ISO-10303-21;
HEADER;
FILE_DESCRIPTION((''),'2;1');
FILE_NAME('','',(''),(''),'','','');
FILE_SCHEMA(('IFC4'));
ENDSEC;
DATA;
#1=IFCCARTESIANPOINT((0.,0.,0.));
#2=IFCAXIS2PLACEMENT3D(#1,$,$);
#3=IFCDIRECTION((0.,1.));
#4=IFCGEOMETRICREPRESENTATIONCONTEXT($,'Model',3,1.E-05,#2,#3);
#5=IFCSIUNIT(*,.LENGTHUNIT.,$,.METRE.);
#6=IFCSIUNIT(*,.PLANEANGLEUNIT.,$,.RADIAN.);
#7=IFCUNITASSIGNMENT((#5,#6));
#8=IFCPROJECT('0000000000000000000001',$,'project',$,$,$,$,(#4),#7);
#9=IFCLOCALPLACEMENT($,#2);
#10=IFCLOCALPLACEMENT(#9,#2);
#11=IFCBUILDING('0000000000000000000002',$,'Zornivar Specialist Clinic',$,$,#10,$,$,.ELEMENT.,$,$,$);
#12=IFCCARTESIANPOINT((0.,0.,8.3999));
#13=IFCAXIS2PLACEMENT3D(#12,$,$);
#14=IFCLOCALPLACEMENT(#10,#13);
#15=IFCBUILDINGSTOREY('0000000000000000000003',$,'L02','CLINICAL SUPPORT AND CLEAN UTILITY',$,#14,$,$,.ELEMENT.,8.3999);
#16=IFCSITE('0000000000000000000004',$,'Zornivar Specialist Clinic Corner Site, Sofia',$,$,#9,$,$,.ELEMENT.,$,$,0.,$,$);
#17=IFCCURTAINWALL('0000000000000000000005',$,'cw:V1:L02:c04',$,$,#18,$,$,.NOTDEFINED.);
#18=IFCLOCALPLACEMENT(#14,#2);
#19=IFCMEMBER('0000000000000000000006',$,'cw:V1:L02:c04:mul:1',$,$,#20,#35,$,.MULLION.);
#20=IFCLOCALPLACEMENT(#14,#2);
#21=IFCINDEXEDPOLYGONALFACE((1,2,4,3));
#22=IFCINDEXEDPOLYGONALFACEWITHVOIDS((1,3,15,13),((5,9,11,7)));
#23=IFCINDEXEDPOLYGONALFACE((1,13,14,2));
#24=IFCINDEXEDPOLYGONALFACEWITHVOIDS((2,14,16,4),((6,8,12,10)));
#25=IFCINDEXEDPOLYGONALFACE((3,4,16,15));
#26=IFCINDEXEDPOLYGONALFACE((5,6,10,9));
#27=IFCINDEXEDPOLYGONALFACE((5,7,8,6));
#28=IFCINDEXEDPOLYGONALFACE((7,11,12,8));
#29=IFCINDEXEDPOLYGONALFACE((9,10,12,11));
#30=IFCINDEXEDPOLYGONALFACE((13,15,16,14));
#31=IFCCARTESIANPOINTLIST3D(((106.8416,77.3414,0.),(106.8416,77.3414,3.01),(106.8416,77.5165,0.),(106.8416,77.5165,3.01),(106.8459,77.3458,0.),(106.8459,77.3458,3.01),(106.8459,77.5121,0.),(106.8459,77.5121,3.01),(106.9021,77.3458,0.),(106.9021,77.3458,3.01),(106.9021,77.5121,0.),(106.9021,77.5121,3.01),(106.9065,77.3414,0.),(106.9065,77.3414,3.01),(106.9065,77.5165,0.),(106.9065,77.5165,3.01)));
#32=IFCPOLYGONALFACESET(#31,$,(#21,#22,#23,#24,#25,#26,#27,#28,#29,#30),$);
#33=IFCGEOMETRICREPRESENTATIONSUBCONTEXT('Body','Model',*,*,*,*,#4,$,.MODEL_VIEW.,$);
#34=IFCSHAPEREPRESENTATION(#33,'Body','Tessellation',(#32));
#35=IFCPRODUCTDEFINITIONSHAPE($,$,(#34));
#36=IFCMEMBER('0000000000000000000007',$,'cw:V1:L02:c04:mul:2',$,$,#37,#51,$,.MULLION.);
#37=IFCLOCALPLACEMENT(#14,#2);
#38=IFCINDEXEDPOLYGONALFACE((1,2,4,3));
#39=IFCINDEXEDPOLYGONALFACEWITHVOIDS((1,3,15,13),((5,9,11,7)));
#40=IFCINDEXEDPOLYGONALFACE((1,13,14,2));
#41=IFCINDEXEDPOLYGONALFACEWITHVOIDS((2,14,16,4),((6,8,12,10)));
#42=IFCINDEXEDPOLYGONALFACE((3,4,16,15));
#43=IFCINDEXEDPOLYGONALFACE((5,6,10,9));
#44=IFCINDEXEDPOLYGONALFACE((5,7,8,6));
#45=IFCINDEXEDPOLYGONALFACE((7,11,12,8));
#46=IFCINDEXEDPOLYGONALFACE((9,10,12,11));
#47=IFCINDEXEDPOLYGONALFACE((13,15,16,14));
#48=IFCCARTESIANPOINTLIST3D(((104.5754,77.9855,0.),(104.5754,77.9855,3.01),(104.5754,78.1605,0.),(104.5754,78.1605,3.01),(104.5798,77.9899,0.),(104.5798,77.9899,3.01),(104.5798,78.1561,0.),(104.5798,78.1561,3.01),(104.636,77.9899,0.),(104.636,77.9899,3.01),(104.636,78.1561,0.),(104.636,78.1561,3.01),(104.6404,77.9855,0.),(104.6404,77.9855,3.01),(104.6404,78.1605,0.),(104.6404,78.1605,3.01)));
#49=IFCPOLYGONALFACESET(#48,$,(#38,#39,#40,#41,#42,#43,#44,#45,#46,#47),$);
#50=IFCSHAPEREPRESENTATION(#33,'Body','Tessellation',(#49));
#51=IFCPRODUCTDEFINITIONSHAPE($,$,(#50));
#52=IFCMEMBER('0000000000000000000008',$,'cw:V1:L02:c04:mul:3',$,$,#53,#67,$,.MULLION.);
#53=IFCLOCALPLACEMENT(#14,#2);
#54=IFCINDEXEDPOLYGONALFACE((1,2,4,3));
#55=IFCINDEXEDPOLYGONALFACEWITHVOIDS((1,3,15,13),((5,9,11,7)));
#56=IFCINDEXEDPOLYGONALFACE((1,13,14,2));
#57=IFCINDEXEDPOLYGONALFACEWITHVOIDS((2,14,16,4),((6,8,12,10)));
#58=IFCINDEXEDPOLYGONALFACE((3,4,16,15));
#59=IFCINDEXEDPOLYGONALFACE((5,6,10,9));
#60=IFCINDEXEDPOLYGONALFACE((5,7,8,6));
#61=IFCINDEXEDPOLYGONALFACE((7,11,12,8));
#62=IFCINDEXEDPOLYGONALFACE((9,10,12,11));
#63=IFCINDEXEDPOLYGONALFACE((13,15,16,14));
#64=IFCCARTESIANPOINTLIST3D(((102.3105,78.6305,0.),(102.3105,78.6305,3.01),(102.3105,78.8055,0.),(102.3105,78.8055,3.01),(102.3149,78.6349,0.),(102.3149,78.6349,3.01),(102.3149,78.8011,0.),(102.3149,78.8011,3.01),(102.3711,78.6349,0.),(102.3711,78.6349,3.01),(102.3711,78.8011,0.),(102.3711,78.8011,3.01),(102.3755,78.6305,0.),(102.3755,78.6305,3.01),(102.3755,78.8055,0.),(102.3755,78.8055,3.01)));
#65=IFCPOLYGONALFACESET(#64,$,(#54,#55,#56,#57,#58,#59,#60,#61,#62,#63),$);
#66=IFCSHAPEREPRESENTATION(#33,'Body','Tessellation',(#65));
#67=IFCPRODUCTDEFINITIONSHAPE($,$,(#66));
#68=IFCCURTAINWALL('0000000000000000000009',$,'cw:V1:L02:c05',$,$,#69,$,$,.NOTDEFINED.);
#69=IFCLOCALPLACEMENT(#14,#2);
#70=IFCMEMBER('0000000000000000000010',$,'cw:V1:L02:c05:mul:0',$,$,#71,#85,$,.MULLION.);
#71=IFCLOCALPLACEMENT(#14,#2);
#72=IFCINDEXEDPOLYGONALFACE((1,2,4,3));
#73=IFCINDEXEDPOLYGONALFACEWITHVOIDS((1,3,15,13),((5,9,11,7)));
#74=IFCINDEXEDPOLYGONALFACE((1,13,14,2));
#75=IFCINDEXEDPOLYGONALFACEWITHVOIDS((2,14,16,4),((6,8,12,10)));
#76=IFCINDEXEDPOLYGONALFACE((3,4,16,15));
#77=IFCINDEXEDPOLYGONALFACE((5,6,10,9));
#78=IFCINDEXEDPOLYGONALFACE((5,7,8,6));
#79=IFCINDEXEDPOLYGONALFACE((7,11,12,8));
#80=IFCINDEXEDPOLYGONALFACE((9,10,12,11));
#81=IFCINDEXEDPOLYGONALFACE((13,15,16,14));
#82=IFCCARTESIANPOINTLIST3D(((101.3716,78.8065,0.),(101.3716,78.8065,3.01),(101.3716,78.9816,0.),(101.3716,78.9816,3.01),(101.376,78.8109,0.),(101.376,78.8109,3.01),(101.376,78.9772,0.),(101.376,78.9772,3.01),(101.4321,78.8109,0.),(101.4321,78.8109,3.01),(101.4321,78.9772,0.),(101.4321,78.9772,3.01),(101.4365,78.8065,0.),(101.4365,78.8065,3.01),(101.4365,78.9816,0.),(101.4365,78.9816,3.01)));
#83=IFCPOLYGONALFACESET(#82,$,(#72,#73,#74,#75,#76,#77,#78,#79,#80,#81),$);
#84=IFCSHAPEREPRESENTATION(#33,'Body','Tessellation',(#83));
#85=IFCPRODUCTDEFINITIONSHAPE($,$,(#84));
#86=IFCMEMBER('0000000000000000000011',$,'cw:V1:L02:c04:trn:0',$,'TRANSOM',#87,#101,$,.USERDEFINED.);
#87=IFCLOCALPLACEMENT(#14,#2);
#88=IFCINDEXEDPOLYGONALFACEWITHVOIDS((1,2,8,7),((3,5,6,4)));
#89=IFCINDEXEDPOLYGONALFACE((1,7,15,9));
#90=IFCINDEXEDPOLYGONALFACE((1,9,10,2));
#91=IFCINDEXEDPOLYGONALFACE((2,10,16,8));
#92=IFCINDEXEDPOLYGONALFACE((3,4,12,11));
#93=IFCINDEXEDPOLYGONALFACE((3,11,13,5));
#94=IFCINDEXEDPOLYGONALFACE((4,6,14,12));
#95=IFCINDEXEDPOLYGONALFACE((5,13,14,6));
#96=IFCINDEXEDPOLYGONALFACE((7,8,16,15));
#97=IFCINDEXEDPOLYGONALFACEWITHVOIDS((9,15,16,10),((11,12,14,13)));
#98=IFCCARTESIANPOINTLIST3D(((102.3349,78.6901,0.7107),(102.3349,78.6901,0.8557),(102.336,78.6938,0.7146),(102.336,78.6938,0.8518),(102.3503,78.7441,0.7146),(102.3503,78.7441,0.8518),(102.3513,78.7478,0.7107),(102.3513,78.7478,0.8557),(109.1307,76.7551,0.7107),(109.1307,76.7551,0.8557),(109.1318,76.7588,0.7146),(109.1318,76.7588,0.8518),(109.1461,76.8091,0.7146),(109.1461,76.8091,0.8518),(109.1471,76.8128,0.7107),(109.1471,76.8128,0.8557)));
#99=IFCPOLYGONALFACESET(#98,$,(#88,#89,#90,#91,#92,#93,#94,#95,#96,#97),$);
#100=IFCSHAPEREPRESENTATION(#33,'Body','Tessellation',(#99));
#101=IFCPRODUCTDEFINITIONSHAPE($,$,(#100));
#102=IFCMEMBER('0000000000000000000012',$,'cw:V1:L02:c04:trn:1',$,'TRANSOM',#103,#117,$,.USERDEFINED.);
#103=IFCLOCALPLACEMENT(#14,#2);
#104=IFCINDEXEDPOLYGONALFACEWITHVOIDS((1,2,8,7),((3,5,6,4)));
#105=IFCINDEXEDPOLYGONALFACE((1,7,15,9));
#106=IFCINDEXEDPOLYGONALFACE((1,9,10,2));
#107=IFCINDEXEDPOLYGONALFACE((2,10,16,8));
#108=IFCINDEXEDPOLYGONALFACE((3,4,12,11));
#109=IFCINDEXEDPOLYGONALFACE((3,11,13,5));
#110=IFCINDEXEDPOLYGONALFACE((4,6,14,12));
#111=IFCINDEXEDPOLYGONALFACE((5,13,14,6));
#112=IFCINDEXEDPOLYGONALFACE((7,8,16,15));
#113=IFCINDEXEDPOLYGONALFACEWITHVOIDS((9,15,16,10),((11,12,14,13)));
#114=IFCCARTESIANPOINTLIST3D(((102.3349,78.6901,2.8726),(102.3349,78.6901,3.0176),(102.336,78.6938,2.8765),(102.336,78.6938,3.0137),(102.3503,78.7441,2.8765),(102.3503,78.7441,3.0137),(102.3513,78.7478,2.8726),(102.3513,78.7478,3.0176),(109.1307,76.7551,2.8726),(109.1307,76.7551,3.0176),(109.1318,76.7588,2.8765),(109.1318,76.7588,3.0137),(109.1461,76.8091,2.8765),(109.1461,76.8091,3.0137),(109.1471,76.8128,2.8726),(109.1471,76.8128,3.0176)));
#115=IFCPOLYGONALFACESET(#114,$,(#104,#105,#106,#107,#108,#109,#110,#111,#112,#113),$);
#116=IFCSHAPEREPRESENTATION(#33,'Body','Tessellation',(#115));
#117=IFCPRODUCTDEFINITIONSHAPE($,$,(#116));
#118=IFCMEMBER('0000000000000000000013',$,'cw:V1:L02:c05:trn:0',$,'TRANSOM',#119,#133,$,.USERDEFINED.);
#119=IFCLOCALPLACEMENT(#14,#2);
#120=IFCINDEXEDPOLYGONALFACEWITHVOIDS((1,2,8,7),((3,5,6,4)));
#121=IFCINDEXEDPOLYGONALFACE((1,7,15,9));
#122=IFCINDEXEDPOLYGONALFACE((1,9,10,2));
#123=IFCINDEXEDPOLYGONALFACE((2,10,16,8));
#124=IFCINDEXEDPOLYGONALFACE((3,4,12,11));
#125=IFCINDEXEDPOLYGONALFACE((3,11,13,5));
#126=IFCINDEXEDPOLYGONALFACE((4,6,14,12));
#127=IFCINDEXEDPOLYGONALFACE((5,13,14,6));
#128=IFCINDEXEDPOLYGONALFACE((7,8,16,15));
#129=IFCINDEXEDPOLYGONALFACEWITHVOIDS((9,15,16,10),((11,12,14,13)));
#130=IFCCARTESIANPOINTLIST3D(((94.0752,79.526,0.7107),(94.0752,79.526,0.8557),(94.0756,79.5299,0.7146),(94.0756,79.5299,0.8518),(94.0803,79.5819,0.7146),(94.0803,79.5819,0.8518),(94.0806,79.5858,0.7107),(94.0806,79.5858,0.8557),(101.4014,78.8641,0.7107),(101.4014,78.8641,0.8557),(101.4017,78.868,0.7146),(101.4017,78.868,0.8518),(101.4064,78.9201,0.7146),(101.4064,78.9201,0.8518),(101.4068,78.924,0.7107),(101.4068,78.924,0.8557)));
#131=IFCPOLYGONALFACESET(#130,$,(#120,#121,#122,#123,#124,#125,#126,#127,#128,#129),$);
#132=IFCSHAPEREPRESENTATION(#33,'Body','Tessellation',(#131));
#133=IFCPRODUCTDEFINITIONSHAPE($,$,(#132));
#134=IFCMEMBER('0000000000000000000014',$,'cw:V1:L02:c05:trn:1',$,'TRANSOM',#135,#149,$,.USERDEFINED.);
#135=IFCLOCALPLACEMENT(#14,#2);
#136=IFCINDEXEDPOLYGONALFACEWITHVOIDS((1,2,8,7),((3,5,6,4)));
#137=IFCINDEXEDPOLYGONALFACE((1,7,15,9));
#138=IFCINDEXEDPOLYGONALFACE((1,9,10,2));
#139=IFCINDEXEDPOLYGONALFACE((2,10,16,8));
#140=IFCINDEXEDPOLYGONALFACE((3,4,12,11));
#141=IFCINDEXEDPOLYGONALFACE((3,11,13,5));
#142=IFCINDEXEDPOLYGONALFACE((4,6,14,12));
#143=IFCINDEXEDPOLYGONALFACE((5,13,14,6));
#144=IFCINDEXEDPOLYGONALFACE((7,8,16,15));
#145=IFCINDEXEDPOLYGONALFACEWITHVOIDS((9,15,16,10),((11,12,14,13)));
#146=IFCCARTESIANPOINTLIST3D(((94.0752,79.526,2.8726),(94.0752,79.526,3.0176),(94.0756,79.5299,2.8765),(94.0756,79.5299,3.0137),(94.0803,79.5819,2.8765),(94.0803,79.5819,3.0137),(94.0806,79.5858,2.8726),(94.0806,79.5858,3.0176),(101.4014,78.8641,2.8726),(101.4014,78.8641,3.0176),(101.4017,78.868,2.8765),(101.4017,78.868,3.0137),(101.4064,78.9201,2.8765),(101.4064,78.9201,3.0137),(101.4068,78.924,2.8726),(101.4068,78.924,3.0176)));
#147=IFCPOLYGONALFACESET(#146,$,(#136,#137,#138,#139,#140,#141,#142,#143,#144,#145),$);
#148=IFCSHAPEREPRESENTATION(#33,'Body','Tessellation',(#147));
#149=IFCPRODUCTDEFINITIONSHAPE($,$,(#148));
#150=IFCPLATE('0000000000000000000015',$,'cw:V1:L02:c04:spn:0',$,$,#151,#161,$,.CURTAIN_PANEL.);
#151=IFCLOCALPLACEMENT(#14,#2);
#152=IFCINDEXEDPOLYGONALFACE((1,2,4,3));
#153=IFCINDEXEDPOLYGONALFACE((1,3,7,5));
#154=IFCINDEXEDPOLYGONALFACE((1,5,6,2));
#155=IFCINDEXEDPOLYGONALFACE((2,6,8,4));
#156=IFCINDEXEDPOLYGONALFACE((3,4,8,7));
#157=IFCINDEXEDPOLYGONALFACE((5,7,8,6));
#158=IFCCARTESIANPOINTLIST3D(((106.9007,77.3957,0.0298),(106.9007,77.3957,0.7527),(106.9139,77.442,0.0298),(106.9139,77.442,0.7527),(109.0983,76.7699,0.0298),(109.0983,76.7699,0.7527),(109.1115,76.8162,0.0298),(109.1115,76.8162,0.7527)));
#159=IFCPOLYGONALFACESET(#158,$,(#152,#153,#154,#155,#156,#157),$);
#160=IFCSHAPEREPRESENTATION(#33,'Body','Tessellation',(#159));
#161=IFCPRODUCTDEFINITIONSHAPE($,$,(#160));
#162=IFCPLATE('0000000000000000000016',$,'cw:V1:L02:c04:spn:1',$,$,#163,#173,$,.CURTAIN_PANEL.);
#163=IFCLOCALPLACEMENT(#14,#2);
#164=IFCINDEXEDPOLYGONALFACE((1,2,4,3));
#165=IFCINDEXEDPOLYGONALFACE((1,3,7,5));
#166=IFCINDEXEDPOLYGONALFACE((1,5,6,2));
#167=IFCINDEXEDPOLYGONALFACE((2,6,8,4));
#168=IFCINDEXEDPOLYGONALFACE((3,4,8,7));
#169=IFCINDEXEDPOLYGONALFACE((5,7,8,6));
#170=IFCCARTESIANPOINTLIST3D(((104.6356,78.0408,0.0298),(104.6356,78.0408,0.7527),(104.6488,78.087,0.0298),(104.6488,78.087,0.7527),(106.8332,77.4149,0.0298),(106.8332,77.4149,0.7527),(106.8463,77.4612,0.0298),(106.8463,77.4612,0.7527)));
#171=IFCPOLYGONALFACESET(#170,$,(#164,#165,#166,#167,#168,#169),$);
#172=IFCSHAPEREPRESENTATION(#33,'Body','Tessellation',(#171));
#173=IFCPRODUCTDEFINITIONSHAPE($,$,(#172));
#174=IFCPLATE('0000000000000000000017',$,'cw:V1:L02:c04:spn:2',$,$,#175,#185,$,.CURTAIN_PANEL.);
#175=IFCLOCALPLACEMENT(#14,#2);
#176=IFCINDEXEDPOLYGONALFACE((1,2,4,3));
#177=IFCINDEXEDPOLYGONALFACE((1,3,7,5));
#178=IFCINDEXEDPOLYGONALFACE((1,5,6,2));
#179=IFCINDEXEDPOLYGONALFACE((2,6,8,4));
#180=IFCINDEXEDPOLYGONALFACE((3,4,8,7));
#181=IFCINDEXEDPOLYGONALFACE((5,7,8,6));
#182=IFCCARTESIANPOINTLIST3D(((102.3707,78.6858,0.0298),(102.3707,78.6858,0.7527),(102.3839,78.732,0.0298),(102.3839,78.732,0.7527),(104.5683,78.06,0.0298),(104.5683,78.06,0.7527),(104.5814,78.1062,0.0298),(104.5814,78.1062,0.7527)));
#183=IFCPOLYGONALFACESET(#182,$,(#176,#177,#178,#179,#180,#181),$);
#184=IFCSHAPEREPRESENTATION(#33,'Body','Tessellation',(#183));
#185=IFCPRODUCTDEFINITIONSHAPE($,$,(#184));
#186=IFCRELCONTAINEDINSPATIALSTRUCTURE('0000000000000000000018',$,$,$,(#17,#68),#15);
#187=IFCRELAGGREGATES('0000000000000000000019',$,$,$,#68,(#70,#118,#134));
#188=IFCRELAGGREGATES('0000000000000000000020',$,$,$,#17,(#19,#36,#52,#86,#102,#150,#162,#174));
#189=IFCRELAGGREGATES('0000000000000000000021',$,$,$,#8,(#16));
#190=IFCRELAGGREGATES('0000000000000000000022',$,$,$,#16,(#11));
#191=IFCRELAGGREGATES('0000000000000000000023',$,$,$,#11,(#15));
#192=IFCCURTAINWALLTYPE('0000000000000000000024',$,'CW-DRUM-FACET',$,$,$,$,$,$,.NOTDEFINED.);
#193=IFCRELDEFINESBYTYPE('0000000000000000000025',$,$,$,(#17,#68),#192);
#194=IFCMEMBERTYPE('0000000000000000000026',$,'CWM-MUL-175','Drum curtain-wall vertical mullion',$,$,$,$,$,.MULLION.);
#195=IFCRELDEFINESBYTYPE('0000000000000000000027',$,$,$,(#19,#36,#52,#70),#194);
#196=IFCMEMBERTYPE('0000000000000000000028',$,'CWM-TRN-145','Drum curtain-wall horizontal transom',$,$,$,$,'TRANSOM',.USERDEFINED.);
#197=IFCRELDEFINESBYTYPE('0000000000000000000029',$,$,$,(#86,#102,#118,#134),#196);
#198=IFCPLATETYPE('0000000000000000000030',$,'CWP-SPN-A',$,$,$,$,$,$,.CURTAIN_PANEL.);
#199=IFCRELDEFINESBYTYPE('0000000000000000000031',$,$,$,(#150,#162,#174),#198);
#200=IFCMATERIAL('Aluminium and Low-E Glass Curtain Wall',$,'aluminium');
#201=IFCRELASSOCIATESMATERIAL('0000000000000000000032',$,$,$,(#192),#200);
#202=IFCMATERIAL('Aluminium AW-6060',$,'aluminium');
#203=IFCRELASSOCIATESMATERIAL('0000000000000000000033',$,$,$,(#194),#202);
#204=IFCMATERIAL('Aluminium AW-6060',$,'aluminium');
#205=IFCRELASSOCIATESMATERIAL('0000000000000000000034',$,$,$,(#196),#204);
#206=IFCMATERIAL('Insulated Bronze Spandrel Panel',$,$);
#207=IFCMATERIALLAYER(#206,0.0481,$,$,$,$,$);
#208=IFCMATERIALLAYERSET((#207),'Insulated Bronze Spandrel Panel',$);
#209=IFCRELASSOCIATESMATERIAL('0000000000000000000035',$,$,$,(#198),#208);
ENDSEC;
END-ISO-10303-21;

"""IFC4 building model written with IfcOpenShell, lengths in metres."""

from ifc_helpers import new_model, si_unit, direction, frame, origin, origin_2d, place, context, subcontext, project, spatial, rectangle, hollow_rectangle, extrude, material, layer, layer_set, material_profile, profile_set, type_object, element, aggregate, save


model = new_model("IFC4")

# Units and contexts
model_context = context("Model", 3, precision=1e-05, world=origin(), true_north=direction((0.0, 1.0)))
body_context = subcontext(model_context, "Body", "Model", "MODEL_VIEW")
ifc_project = project(units=[si_unit("LENGTHUNIT", "METRE"), si_unit("PLANEANGLEUNIT", "RADIAN")], contexts=[model_context])

# Site, building, storey
site_placement = place(None, origin())
site = spatial("IfcSite", under=ifc_project, at=site_placement, Name="Zornivar Specialist Clinic Corner Site, Sofia", CompositionType="ELEMENT", RefElevation=0.0)
building_placement = place(site_placement, origin())
building = spatial("IfcBuilding", under=site, at=building_placement, Name="Zornivar Specialist Clinic", CompositionType="ELEMENT")
storey_placement = place(building_placement, frame((0.0, 0.0, 8.3999)))
storey = spatial("IfcBuildingStorey", under=building, at=storey_placement, Name="L02", Description="CLINICAL SUPPORT AND CLEAN UTILITY", CompositionType="ELEMENT", Elevation=8.3999)

# Shared definitions
ifc_material_1 = material(Name="Aluminium and Low-E Glass Curtain Wall", Category="aluminium")
curtain_wall_type = type_object("IfcCurtainWallType", Name="CW-DRUM-FACET", PredefinedType="NOTDEFINED", material=ifc_material_1)
ifc_material_2 = material(Name="Aluminium AW-6060", Category="aluminium")
ifc_material_profile_1 = material_profile(ifc_material_2, hollow_rectangle(XDim=0.0649, YDim=0.175, WallThickness=0.0044, at=origin_2d()), Name="ALU 65x175x4.5")
ifc_profile_set_1 = profile_set([ifc_material_profile_1], Name="Aluminium AW-6060")
member_type_1 = type_object("IfcMemberType", Name="CWM-MUL-175", Description="Drum curtain-wall vertical mullion", PredefinedType="MULLION", material=ifc_profile_set_1)

# Curtain wall, members
curtain_wall_1_placement = place(storey_placement, origin())
curtain_wall_1 = element("IfcCurtainWall", 1, at=curtain_wall_1_placement, inside=storey, type_object=curtain_wall_type, Name="cw:V1:L02:c04", PredefinedType="NOTDEFINED")
member_1_placement = place(storey_placement, frame((106.874, 77.429, 0.0), z_axis=(0.0, 0.0, 1.0), x_axis=(1.0, 0.0, 0.0)))
member_1 = element("IfcMember", 2, at=member_1_placement, type_object=member_type_1, Name="cw:V1:L02:c04:mul:1", PredefinedType="MULLION", context=body_context, shape_type="SweptSolid", body=[
    extrude(hollow_rectangle(XDim=0.0649, YDim=0.175, WallThickness=0.0044, at=origin_2d()), origin(), (0.0, 0.0, 1.0), 3.01),
])
member_2_placement = place(storey_placement, frame((104.6079, 78.073, 0.0), z_axis=(0.0, 0.0, 1.0), x_axis=(1.0, 0.0, 0.0)))
member_2 = element("IfcMember", 3, at=member_2_placement, type_object=member_type_1, Name="cw:V1:L02:c04:mul:2", PredefinedType="MULLION", context=body_context, shape_type="SweptSolid", body=[
    extrude(hollow_rectangle(XDim=0.0649, YDim=0.175, WallThickness=0.0044, at=origin_2d()), origin(), (0.0, 0.0, 1.0), 3.01),
])
member_3_placement = place(storey_placement, frame((102.343, 78.718, 0.0), z_axis=(0.0, 0.0, 1.0), x_axis=(1.0, 0.0, 0.0)))
member_3 = element("IfcMember", 4, at=member_3_placement, type_object=member_type_1, Name="cw:V1:L02:c04:mul:3", PredefinedType="MULLION", context=body_context, shape_type="SweptSolid", body=[
    extrude(hollow_rectangle(XDim=0.0649, YDim=0.175, WallThickness=0.0044, at=origin_2d()), origin(), (0.0, 0.0, 1.0), 3.01),
])

# Curtain wall, member
curtain_wall_2_placement = place(storey_placement, origin())
curtain_wall_2 = element("IfcCurtainWall", 5, at=curtain_wall_2_placement, inside=storey, type_object=curtain_wall_type, Name="cw:V1:L02:c05", PredefinedType="NOTDEFINED")
member_4_placement = place(storey_placement, frame((101.4041, 78.894, 0.0), z_axis=(0.0, 0.0, 1.0), x_axis=(1.0, 0.0, 0.0)))
member_4 = element("IfcMember", 6, at=member_4_placement, type_object=member_type_1, Name="cw:V1:L02:c05:mul:0", PredefinedType="MULLION", context=body_context, shape_type="SweptSolid", body=[
    extrude(hollow_rectangle(XDim=0.0649, YDim=0.175, WallThickness=0.0044, at=origin_2d()), origin(), (0.0, 0.0, 1.0), 3.01),
])

# Members
ifc_material_3 = material(Name="Aluminium AW-6060", Category="aluminium")
ifc_material_profile_2 = material_profile(ifc_material_3, hollow_rectangle(XDim=0.0601, YDim=0.145, WallThickness=0.0039, at=origin_2d()), Name="ALU 60x145x4")
ifc_profile_set_2 = profile_set([ifc_material_profile_2], Name="Aluminium AW-6060")
member_type_2 = type_object("IfcMemberType", Name="CWM-TRN-145", Description="Drum curtain-wall horizontal transom", ElementType="TRANSOM", PredefinedType="USERDEFINED", material=ifc_profile_set_2)
member_5_placement = place(storey_placement, frame((109.1389, 76.7839, 0.7832), z_axis=(-0.961771, 0.273854, 0.0), x_axis=(-0.273854, -0.961771, 0.0)))
member_5 = element("IfcMember", 7, at=member_5_placement, type_object=member_type_2, Name="cw:V1:L02:c04:trn:0", ObjectType="TRANSOM", PredefinedType="USERDEFINED", context=body_context, shape_type="SweptSolid", body=[
    extrude(hollow_rectangle(XDim=0.0601, YDim=0.145, WallThickness=0.0039, at=origin_2d()), origin(), (0.0, 0.0, 1.0), 7.0659),
])
member_6_placement = place(storey_placement, frame((109.1389, 76.7839, 2.9451), z_axis=(-0.961771, 0.273854, 0.0), x_axis=(-0.273854, -0.961771, 0.0)))
member_6 = element("IfcMember", 8, at=member_6_placement, type_object=member_type_2, Name="cw:V1:L02:c04:trn:1", ObjectType="TRANSOM", PredefinedType="USERDEFINED", context=body_context, shape_type="SweptSolid", body=[
    extrude(hollow_rectangle(XDim=0.0601, YDim=0.145, WallThickness=0.0039, at=origin_2d()), origin(), (0.0, 0.0, 1.0), 7.0659),
])
member_7_placement = place(storey_placement, frame((101.4041, 78.894, 0.7832), z_axis=(-0.995944, 0.089976, 0.0), x_axis=(-0.089976, -0.995944, 0.0)))
member_7 = element("IfcMember", 9, at=member_7_placement, type_object=member_type_2, Name="cw:V1:L02:c05:trn:0", ObjectType="TRANSOM", PredefinedType="USERDEFINED", context=body_context, shape_type="SweptSolid", body=[
    extrude(hollow_rectangle(XDim=0.0601, YDim=0.145, WallThickness=0.0039, at=origin_2d()), origin(), (0.0, 0.0, 1.0), 7.356),
])
member_8_placement = place(storey_placement, frame((101.4041, 78.894, 2.9451), z_axis=(-0.995944, 0.089976, 0.0), x_axis=(-0.089976, -0.995944, 0.0)))
member_8 = element("IfcMember", 10, at=member_8_placement, type_object=member_type_2, Name="cw:V1:L02:c05:trn:1", ObjectType="TRANSOM", PredefinedType="USERDEFINED", context=body_context, shape_type="SweptSolid", body=[
    extrude(hollow_rectangle(XDim=0.0601, YDim=0.145, WallThickness=0.0039, at=origin_2d()), origin(), (0.0, 0.0, 1.0), 7.356),
])
aggregate(curtain_wall_2, [member_4, member_7, member_8])

# Plates
ifc_material_4 = material(Name="Insulated Bronze Spandrel Panel")
ifc_layer_1 = layer(ifc_material_4, 0.0481)
ifc_layer_set_1 = layer_set([ifc_layer_1], Name="Insulated Bronze Spandrel Panel")
plate_type_1 = type_object("IfcPlateType", Name="CWP-SPN-A", PredefinedType="CURTAIN_PANEL", material=ifc_layer_set_1)
plate_1_placement = place(storey_placement, frame((108.0061, 77.106, 0.0298), z_axis=(0.0, 0.0, 1.0), x_axis=(-0.961761, 0.273889, 0.0)))
plate_1 = element("IfcPlate", 11, at=plate_1_placement, type_object=plate_type_1, Name="cw:V1:L02:c04:spn:0", PredefinedType="CURTAIN_PANEL", context=body_context, shape_type="SweptSolid", body=[
    extrude(rectangle(XDim=2.2849, YDim=0.0481, at=origin_2d()), origin(), (0.0, 0.0, 1.0), 0.7229),
])
plate_2_placement = place(storey_placement, frame((105.741, 77.751, 0.0298), z_axis=(0.0, 0.0, 1.0), x_axis=(-0.961761, 0.273889, 0.0)))
plate_2 = element("IfcPlate", 12, at=plate_2_placement, type_object=plate_type_1, Name="cw:V1:L02:c04:spn:1", PredefinedType="CURTAIN_PANEL", context=body_context, shape_type="SweptSolid", body=[
    extrude(rectangle(XDim=2.2849, YDim=0.0481, at=origin_2d()), origin(), (0.0, 0.0, 1.0), 0.7229),
])
plate_3_placement = place(storey_placement, frame((103.4761, 78.396, 0.0298), z_axis=(0.0, 0.0, 1.0), x_axis=(-0.961761, 0.273889, 0.0)))
plate_3 = element("IfcPlate", 13, at=plate_3_placement, type_object=plate_type_1, Name="cw:V1:L02:c04:spn:2", PredefinedType="CURTAIN_PANEL", context=body_context, shape_type="SweptSolid", body=[
    extrude(rectangle(XDim=2.2849, YDim=0.0481, at=origin_2d()), origin(), (0.0, 0.0, 1.0), 0.7229),
])
aggregate(curtain_wall_1, [member_1, member_2, member_3, member_5, member_6, plate_1, plate_2, plate_3])

save(model, "model.ifc")
